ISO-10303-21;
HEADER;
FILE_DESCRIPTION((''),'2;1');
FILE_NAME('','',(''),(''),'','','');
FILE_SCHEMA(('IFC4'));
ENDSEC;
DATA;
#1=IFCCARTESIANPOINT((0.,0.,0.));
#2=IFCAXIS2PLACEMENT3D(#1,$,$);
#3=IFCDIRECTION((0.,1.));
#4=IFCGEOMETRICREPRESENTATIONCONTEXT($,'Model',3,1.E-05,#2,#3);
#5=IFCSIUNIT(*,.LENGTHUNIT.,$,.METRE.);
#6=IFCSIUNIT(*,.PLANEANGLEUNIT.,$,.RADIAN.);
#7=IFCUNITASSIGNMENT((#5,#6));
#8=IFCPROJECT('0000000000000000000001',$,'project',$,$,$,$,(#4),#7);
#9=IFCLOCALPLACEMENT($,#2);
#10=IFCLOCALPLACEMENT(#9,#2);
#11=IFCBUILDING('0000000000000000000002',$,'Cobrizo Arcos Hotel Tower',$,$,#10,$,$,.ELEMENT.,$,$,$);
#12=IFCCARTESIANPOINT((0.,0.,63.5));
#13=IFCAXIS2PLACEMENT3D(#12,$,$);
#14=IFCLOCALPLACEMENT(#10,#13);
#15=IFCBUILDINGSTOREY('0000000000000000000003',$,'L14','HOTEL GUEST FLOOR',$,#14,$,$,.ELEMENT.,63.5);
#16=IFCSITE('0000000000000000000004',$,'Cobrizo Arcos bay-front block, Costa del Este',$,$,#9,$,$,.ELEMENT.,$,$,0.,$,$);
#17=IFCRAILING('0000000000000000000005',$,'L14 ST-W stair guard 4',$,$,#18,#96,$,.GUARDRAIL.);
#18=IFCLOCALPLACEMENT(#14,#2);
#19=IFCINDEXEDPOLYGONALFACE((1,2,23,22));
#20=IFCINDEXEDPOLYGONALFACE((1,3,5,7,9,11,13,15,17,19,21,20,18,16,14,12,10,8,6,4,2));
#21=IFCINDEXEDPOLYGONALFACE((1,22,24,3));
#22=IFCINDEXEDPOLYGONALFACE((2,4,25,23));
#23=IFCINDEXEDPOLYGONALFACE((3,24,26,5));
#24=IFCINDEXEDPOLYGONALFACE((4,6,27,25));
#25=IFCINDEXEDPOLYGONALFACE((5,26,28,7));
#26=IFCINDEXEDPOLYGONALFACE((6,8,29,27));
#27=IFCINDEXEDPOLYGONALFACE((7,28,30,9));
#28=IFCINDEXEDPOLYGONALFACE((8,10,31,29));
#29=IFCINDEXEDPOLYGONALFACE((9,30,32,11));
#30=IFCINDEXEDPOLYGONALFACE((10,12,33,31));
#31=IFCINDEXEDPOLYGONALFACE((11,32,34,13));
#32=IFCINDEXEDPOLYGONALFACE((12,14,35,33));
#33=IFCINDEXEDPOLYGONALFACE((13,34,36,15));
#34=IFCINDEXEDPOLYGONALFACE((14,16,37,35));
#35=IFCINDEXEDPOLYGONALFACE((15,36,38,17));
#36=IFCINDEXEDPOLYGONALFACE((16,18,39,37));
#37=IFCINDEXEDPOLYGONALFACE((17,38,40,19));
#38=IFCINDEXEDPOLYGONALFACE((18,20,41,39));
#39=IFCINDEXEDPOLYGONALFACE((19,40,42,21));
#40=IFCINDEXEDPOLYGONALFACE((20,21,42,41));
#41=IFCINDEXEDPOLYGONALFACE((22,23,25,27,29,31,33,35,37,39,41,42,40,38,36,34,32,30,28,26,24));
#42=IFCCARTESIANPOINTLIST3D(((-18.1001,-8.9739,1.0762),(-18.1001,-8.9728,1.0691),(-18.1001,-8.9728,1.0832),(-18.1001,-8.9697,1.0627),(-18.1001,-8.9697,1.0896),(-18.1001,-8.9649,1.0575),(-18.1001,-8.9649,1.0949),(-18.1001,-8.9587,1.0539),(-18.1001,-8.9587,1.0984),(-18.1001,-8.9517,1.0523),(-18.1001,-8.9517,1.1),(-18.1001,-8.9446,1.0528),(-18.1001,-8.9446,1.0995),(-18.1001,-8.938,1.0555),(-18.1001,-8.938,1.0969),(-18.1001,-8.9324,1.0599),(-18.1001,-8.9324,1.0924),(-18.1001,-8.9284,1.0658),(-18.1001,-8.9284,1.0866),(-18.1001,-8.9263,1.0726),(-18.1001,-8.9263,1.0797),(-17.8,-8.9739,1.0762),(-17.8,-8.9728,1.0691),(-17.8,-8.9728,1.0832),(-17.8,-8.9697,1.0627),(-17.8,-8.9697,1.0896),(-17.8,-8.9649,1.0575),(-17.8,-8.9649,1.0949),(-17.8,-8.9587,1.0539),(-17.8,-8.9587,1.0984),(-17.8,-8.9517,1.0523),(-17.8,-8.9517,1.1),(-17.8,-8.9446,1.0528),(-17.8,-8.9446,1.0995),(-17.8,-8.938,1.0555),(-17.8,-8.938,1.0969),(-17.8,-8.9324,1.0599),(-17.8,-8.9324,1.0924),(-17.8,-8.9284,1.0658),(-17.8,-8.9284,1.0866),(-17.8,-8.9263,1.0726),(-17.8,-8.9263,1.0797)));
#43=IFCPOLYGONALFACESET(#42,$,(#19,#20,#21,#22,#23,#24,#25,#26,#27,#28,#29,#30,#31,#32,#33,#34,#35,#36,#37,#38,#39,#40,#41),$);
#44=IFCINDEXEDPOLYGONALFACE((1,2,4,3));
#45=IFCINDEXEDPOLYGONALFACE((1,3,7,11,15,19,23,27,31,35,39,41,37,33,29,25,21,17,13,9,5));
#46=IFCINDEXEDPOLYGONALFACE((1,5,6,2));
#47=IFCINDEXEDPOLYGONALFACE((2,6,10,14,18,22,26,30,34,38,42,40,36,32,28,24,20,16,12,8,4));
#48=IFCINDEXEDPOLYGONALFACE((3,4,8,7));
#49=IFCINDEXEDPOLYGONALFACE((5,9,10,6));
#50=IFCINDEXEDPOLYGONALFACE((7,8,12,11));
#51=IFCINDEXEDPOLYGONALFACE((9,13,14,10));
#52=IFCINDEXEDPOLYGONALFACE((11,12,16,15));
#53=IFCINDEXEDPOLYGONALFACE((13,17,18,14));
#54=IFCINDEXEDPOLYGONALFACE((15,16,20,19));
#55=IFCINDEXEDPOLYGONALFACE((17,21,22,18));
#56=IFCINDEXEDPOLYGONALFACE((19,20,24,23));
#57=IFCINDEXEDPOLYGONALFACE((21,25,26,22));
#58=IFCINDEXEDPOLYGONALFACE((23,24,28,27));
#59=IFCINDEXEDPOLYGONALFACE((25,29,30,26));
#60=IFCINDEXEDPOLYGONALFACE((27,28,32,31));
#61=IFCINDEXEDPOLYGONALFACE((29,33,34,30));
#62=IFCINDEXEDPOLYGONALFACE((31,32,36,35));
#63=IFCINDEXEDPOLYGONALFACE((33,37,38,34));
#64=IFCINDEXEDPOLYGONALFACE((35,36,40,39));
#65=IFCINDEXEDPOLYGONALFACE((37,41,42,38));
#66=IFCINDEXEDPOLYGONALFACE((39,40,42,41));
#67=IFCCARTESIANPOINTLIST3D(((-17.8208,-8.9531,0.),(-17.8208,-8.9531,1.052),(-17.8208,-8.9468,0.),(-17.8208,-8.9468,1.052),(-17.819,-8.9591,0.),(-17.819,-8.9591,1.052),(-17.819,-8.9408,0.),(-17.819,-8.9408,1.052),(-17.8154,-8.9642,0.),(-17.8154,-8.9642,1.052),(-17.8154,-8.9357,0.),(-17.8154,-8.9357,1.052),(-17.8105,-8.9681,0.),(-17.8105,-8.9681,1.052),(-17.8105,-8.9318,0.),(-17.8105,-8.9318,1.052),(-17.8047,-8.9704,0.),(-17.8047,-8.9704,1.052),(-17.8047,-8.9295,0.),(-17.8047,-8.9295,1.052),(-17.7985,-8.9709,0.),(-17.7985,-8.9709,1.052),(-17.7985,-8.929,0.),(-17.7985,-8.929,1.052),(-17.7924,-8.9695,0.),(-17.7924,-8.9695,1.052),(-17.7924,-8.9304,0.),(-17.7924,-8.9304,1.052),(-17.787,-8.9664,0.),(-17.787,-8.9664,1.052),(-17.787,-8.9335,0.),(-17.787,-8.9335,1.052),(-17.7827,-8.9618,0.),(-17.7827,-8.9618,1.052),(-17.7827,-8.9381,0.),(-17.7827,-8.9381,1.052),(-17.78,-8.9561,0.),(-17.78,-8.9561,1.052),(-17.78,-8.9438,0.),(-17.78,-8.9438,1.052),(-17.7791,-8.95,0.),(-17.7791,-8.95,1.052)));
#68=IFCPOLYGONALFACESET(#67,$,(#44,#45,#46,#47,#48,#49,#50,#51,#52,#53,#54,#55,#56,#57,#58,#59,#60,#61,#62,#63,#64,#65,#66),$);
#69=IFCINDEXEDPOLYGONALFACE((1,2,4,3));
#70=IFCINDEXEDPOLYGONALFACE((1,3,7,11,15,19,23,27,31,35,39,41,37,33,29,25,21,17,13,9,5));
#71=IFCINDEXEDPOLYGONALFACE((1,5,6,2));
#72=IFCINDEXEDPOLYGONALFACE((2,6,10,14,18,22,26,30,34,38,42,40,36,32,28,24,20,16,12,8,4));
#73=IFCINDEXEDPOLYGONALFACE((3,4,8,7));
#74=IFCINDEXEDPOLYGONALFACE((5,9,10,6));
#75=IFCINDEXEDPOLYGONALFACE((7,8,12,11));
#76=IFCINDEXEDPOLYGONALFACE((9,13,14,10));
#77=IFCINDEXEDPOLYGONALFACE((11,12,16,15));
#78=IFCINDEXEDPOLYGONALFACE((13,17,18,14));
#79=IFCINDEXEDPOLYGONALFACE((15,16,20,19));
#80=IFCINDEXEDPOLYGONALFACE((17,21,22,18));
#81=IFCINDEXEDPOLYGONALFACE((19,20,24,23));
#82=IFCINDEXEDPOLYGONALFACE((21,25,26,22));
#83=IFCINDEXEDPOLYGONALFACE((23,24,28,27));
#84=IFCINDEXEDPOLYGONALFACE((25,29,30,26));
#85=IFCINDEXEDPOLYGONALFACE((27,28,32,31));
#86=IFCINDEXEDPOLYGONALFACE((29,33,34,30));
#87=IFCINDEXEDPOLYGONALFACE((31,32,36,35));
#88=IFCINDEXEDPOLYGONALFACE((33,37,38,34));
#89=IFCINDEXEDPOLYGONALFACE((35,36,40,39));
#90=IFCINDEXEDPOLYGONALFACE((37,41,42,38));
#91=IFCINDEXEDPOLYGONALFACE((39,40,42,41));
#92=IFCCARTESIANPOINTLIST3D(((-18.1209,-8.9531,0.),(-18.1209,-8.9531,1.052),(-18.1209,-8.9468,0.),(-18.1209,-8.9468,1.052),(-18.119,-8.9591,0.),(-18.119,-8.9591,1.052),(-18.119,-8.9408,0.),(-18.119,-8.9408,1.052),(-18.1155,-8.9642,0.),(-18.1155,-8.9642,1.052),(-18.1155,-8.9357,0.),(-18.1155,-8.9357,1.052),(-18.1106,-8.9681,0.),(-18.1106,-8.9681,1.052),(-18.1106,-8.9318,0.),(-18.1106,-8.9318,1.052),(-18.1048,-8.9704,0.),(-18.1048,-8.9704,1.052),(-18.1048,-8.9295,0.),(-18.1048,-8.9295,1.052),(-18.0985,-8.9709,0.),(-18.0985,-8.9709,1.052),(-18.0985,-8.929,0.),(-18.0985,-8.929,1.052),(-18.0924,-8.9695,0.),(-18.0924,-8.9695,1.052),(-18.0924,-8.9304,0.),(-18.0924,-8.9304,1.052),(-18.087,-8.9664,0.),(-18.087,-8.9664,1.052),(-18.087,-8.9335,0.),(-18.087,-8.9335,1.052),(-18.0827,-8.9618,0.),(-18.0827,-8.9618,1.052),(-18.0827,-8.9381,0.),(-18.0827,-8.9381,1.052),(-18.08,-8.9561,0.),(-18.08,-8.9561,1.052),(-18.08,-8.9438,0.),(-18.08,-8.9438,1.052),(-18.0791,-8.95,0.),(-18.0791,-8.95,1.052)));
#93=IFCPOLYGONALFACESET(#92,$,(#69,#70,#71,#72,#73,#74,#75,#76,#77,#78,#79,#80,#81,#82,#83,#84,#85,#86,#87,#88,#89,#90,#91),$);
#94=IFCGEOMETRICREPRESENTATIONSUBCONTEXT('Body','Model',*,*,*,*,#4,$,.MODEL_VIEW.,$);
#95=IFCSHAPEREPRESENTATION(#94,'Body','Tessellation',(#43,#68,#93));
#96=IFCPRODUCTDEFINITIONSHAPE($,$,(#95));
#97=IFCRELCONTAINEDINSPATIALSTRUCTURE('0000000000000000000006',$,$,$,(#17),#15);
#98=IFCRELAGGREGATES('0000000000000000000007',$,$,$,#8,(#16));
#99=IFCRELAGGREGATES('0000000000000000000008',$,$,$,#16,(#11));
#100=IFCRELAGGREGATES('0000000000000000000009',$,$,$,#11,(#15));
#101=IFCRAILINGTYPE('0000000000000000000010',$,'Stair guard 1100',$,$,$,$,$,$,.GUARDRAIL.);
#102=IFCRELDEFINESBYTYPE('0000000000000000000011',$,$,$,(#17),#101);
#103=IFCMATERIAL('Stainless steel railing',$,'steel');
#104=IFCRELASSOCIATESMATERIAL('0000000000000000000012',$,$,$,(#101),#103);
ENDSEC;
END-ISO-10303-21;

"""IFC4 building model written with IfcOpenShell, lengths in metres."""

from ifc_helpers import new_model, si_unit, direction, frame, origin, origin_2d, place, context, subcontext, project, spatial, circle, extrude, material, type_object, element, save


model = new_model("IFC4")

# Units and contexts
model_context = context("Model", 3, precision=1e-05, world=origin(), true_north=direction((0.0, 1.0)))
body_context = subcontext(model_context, "Body", "Model", "MODEL_VIEW")
ifc_project = project(units=[si_unit("LENGTHUNIT", "METRE"), si_unit("PLANEANGLEUNIT", "RADIAN")], contexts=[model_context])

# Site, building, storey
site_placement = place(None, origin())
site = spatial("IfcSite", under=ifc_project, at=site_placement, Name="Cobrizo Arcos bay-front block, Costa del Este", CompositionType="ELEMENT", RefElevation=0.0)
building_placement = place(site_placement, origin())
building = spatial("IfcBuilding", under=site, at=building_placement, Name="Cobrizo Arcos Hotel Tower", CompositionType="ELEMENT")
storey_placement = place(building_placement, frame((0.0, 0.0, 63.5)))
storey = spatial("IfcBuildingStorey", under=building, at=storey_placement, Name="L14", Description="HOTEL GUEST FLOOR", CompositionType="ELEMENT", Elevation=63.5)

# Railing
ifc_material_1 = material(Name="Stainless steel railing", Category="steel")
railing_type_1 = type_object("IfcRailingType", Name="Stair guard 1100", PredefinedType="GUARDRAIL", material=ifc_material_1)
railing_1_placement = place(storey_placement, frame((-17.8, -8.95, 0.0)))
element("IfcRailing", 1, at=railing_1_placement, inside=storey, type_object=railing_type_1, Name="L14 ST-W stair guard 4", PredefinedType="GUARDRAIL", context=body_context, shape_type="SweptSolid", body=[
    extrude(circle(Radius=0.0239, at=origin_2d()), frame((0.0, 0.0, 1.0762), z_axis=(-1.0, 0.0, 0.0), x_axis=(0.0, -1.0, 0.0)), (0.0, 0.0, 1.0), 0.3),
    extrude(circle(Radius=0.021, at=origin_2d()), origin(), (0.0, 0.0, 1.0), 1.052),
    extrude(circle(Radius=0.021, at=origin_2d()), frame((-0.3, 0.0, 0.0)), (0.0, 0.0, 1.0), 1.052),
])

save(model, "model.ifc")
